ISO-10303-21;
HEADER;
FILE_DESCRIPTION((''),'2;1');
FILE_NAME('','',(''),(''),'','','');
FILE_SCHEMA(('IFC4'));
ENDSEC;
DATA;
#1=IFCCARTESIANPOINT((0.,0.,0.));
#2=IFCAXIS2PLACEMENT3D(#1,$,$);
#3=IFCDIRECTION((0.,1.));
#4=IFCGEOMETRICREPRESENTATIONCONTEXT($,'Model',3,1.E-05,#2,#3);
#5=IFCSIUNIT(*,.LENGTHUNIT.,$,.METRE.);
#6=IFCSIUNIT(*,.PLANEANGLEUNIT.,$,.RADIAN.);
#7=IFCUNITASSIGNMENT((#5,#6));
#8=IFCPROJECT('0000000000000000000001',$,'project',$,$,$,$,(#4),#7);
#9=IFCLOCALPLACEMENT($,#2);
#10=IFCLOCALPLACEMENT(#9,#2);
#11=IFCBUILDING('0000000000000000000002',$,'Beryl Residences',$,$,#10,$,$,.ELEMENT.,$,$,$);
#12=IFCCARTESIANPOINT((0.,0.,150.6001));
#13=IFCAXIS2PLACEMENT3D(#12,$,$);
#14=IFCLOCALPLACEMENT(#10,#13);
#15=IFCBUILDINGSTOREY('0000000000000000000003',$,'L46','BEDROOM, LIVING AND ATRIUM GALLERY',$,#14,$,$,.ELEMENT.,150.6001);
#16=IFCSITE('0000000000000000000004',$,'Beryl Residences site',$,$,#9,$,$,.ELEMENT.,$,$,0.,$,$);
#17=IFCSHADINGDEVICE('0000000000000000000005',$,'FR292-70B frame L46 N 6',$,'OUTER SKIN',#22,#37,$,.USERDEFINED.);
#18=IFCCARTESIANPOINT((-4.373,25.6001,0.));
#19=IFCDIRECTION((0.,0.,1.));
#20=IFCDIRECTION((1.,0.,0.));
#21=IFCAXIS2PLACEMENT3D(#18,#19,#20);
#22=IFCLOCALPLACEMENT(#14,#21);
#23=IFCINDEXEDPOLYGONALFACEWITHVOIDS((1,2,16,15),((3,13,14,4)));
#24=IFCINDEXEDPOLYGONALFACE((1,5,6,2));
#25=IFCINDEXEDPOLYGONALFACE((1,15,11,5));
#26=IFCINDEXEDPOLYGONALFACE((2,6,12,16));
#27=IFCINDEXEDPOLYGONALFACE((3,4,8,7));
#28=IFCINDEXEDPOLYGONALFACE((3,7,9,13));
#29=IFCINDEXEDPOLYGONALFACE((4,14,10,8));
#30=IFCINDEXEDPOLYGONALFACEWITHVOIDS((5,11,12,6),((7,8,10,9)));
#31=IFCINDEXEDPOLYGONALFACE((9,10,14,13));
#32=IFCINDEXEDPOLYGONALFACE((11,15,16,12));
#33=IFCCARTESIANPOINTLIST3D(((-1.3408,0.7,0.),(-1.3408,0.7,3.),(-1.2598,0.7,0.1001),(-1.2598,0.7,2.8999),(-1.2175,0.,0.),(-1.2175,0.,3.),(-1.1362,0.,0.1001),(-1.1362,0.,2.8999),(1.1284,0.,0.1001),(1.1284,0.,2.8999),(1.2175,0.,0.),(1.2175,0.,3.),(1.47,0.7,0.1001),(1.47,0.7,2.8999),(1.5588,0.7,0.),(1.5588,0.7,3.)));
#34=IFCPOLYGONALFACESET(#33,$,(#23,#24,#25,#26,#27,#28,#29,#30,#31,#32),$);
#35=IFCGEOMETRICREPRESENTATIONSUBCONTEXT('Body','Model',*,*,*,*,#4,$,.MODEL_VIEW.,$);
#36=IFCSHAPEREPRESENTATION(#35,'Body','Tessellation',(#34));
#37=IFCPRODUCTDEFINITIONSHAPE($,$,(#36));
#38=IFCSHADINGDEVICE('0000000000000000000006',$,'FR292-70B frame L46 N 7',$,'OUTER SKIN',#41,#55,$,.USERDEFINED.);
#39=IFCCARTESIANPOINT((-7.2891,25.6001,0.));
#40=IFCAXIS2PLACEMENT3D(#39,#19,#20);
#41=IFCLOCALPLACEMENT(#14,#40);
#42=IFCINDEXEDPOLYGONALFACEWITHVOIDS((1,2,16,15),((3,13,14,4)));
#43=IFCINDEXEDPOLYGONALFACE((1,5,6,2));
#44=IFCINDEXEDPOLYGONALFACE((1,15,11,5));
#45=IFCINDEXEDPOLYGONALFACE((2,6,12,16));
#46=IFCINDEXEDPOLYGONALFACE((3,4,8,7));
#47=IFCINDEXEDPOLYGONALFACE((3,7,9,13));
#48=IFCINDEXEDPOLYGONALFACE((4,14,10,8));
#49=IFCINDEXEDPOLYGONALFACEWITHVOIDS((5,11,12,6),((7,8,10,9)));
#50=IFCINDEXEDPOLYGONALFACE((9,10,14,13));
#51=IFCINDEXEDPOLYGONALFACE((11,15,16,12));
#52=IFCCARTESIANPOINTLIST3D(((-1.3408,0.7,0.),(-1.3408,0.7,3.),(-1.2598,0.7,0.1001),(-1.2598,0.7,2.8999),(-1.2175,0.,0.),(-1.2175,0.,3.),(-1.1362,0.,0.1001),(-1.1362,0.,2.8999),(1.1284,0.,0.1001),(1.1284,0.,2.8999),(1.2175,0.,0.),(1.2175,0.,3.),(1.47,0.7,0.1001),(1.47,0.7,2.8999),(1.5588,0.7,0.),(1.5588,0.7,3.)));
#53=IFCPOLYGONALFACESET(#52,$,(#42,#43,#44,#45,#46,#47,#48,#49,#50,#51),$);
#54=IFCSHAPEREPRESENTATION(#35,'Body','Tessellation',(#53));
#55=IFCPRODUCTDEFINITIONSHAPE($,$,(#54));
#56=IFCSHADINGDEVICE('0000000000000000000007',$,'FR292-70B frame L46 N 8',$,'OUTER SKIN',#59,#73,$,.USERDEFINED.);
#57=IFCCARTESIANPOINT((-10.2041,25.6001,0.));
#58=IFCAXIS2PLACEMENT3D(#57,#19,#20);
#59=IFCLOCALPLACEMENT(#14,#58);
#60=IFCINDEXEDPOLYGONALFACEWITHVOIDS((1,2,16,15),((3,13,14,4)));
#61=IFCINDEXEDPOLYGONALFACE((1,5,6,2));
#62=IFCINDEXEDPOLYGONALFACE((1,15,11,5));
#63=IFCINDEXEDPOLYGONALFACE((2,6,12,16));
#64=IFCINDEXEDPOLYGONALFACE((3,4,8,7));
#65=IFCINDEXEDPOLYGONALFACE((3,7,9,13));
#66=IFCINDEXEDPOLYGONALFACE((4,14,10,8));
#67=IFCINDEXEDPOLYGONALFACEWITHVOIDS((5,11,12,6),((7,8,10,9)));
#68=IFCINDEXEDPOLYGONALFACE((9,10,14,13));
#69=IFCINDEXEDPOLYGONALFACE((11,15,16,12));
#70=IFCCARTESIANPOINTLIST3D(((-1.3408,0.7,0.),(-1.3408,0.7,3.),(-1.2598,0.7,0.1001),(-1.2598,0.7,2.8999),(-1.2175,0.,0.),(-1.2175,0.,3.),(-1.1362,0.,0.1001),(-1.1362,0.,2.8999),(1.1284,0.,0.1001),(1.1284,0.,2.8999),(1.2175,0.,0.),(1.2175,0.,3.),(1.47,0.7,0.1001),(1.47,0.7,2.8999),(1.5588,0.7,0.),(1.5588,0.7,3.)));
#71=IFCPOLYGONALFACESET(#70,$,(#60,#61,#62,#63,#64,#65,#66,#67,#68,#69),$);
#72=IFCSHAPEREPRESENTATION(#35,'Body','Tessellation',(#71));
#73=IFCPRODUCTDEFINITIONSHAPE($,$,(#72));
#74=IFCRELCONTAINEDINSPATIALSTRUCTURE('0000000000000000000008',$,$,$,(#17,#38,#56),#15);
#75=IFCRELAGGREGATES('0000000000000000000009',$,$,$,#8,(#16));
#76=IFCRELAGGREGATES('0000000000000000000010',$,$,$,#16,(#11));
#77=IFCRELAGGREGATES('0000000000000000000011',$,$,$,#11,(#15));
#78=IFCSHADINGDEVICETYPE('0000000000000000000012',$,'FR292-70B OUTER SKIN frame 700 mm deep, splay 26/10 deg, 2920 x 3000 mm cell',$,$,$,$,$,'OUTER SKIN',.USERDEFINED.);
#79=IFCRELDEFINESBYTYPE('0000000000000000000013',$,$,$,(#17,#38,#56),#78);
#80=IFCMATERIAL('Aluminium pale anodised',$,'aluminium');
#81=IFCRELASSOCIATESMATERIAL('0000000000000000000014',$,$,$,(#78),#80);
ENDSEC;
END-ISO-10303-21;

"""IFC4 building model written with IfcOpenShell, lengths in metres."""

from ifc_helpers import new_model, entity, si_unit, direction, frame, origin, place, context, subcontext, project, spatial, source, transform, mapped, material, type_object, type_shapes, element, save


model = new_model("IFC4")

# Units and contexts
model_context = context("Model", 3, precision=1e-05, world=origin(), true_north=direction((0.0, 1.0)))
body_context = subcontext(model_context, "Body", "Model", "MODEL_VIEW")
ifc_project = project(units=[si_unit("LENGTHUNIT", "METRE"), si_unit("PLANEANGLEUNIT", "RADIAN")], contexts=[model_context])

# Site, building, storey
site_placement = place(None, origin())
site = spatial("IfcSite", under=ifc_project, at=site_placement, Name="Beryl Residences site", CompositionType="ELEMENT", RefElevation=0.0)
building_placement = place(site_placement, origin())
building = spatial("IfcBuilding", under=site, at=building_placement, Name="Beryl Residences", CompositionType="ELEMENT")
storey_placement = place(building_placement, frame((0.0, 0.0, 150.6001)))
storey = spatial("IfcBuildingStorey", under=building, at=storey_placement, Name="L46", Description="BEDROOM, LIVING AND ATRIUM GALLERY", CompositionType="ELEMENT", Elevation=150.6001)

# Shading devices
ifc_material_1 = material(Name="Aluminium pale anodised", Category="aluminium")
shading_device_type = type_object("IfcShadingDeviceType", Name="FR292-70B OUTER SKIN frame 700 mm deep, splay 26/10 deg, 2920 x 3000 mm cell", ElementType="OUTER SKIN", PredefinedType="USERDEFINED", material=ifc_material_1)
cartesian_point_1 = entity("IfcCartesianPoint", [-1.2175, 0.0])
cartesian_point_2 = entity("IfcCartesianPoint", [-1.1284, 0.1001])
cartesian_point_3 = entity("IfcCartesianPoint", [-1.5588, 0.0])
cartesian_point_4 = entity("IfcCartesianPoint", [-1.47, 0.1001])
shared_shape = source(origin(), body_context, "Body", "SweptSolid", [
    entity("IfcExtrudedAreaSolidTapered", entity("IfcArbitraryProfileDefWithVoids", "AREA", None, entity("IfcPolyline", [cartesian_point_1, entity("IfcCartesianPoint", [1.2175, 0.0]), entity("IfcCartesianPoint", [1.2175, 3.0]), entity("IfcCartesianPoint", [-1.2175, 3.0]), cartesian_point_1]), [entity("IfcPolyline", [cartesian_point_2, entity("IfcCartesianPoint", [1.1362, 0.1001]), entity("IfcCartesianPoint", [1.1362, 2.8999]), entity("IfcCartesianPoint", [-1.1284, 2.8999]), cartesian_point_2])]), entity("IfcAxis2Placement3D", entity("IfcCartesianPoint", [0.0, 0.0, 0.0]), entity("IfcDirection", [0.0, 1.0, 0.0]), entity("IfcDirection", [-1.0, 0.0, 0.0])), entity("IfcDirection", [0.0, 0.0, 1.0]), 0.7, entity("IfcArbitraryProfileDefWithVoids", "AREA", None, entity("IfcPolyline", [cartesian_point_3, entity("IfcCartesianPoint", [1.3408, 0.0]), entity("IfcCartesianPoint", [1.3408, 3.0]), entity("IfcCartesianPoint", [-1.5588, 3.0]), cartesian_point_3]), [entity("IfcPolyline", [cartesian_point_4, entity("IfcCartesianPoint", [1.2598, 0.1001]), entity("IfcCartesianPoint", [1.2598, 2.8999]), entity("IfcCartesianPoint", [-1.47, 2.8999]), cartesian_point_4])])),
])
type_shapes(shading_device_type, [shared_shape])
for number, where, z_axis, x_axis, name in (
    (1, (-4.373, 25.6001, 0.0), (0.0, 0.0, 1.0), (1.0, 0.0, 0.0), "FR292-70B frame L46 N 6"),
    (2, (-7.2891, 25.6001, 0.0), (0.0, 0.0, 1.0), (1.0, 0.0, 0.0), "FR292-70B frame L46 N 7"),
    (3, (-10.2041, 25.6001, 0.0), (0.0, 0.0, 1.0), (1.0, 0.0, 0.0), "FR292-70B frame L46 N 8"),
):
    element("IfcShadingDevice", number, at=place(storey_placement, frame(where, z_axis=z_axis, x_axis=x_axis)), inside=storey, type_object=shading_device_type, Name=name, ObjectType="OUTER SKIN", PredefinedType="USERDEFINED", context=body_context, shape_type="MappedRepresentation", body=[
        mapped(shared_shape, transform((0.0, 0.0, 0.0))),
    ])

save(model, "model.ifc")
